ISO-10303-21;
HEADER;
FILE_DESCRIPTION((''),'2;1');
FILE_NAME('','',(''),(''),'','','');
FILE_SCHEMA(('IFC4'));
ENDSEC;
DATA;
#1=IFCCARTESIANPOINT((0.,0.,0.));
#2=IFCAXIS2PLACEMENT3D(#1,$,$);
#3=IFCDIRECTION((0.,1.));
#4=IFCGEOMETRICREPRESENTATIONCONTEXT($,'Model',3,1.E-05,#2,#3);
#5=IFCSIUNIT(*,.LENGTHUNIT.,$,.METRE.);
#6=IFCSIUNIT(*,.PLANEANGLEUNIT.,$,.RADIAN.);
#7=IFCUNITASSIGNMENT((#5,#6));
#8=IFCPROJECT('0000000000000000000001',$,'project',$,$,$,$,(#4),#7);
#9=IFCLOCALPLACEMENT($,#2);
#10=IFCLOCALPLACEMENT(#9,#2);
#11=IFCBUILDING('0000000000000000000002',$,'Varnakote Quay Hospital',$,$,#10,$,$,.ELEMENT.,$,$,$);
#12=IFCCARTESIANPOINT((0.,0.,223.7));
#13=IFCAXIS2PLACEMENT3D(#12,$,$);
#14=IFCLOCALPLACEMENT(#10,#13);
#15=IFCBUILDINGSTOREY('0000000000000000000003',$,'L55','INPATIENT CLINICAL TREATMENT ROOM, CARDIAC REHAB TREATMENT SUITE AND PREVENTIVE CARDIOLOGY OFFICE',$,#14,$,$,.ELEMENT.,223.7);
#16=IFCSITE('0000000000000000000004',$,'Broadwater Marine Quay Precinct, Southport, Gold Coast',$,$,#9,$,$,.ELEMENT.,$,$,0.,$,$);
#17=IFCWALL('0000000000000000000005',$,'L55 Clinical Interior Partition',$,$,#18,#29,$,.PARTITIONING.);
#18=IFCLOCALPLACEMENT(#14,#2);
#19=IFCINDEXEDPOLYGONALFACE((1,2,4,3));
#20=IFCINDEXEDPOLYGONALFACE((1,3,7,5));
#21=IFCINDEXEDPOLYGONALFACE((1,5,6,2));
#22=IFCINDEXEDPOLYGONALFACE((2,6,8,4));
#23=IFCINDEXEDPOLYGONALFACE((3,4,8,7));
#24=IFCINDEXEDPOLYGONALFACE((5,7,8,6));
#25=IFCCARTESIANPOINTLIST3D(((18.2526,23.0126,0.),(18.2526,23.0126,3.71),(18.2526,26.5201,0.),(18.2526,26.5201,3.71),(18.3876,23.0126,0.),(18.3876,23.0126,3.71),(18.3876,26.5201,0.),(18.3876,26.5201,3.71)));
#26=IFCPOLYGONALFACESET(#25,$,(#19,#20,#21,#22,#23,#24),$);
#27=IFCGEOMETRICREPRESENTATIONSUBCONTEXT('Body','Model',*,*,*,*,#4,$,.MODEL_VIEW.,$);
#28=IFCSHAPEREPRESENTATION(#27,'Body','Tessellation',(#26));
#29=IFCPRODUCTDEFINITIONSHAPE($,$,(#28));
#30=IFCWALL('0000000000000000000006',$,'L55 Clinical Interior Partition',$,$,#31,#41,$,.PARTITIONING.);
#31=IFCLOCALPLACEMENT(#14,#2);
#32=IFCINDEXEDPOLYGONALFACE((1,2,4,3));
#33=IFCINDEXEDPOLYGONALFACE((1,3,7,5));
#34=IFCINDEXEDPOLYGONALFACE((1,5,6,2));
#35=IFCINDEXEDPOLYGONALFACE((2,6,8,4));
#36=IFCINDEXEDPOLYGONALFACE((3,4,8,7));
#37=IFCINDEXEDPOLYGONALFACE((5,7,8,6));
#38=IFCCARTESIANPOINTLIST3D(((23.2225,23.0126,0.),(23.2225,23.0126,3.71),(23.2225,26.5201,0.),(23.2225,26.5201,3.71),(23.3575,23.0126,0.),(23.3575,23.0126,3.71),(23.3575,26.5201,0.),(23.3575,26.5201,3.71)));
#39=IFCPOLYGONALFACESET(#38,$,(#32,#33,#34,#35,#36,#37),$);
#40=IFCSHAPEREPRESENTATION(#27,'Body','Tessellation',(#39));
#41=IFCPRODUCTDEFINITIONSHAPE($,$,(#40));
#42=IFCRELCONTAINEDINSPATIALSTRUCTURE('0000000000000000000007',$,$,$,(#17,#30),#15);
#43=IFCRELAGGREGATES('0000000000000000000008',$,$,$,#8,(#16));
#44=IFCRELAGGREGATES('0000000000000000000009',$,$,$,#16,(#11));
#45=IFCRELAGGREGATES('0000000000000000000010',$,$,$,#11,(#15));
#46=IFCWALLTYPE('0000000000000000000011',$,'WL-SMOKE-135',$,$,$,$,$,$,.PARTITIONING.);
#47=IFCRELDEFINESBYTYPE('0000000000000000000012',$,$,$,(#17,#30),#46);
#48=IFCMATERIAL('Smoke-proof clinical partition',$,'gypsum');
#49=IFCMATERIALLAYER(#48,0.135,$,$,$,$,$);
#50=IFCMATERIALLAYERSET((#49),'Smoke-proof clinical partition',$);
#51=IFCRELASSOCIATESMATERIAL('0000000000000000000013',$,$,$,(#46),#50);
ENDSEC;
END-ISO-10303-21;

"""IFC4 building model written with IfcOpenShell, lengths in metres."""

from ifc_helpers import new_model, si_unit, direction, frame, frame_2d, origin, place, context, subcontext, project, spatial, rectangle, extrude, material, layer, layer_set, type_object, element, save


model = new_model("IFC4")

# Units and contexts
model_context = context("Model", 3, precision=1e-05, world=origin(), true_north=direction((0.0, 1.0)))
body_context = subcontext(model_context, "Body", "Model", "MODEL_VIEW")
ifc_project = project(units=[si_unit("LENGTHUNIT", "METRE"), si_unit("PLANEANGLEUNIT", "RADIAN")], contexts=[model_context])

# Site, building, storey
site_placement = place(None, origin())
site = spatial("IfcSite", under=ifc_project, at=site_placement, Name="Broadwater Marine Quay Precinct, Southport, Gold Coast", CompositionType="ELEMENT", RefElevation=0.0)
building_placement = place(site_placement, origin())
building = spatial("IfcBuilding", under=site, at=building_placement, Name="Varnakote Quay Hospital", CompositionType="ELEMENT")
storey_placement = place(building_placement, frame((0.0, 0.0, 223.7)))
storey = spatial("IfcBuildingStorey", under=building, at=storey_placement, Name="L55", Description="INPATIENT CLINICAL TREATMENT ROOM, CARDIAC REHAB TREATMENT SUITE AND PREVENTIVE CARDIOLOGY OFFICE", CompositionType="ELEMENT", Elevation=223.7)

# Shared definitions
ifc_material_1 = material(Name="Smoke-proof clinical partition", Category="gypsum")
ifc_layer_1 = layer(ifc_material_1, 0.135)
ifc_layer_set_1 = layer_set([ifc_layer_1], Name="Smoke-proof clinical partition")
wall_type_1 = type_object("IfcWallType", Name="WL-SMOKE-135", PredefinedType="PARTITIONING", material=ifc_layer_set_1)

# Walls
for number, where, z_axis, x_axis, name in (
    (1, (18.3201, 23.0125, 0.0), (0.0, 0.0, 1.0), (0.0, 1.0, 0.0), "L55 Clinical Interior Partition"),
    (2, (23.29, 23.0125, 0.0), (0.0, 0.0, 1.0), (0.0, 1.0, 0.0), "L55 Clinical Interior Partition"),
):
    element("IfcWall", number, at=place(storey_placement, frame(where, z_axis=z_axis, x_axis=x_axis)), inside=storey, type_object=wall_type_1, Name=name, PredefinedType="PARTITIONING", context=body_context, shape_type="SweptSolid", body=[
        extrude(rectangle(XDim=3.5076, YDim=0.135, at=frame_2d((1.7539, 0.0))), origin(), (0.0, 0.0, 1.0), 3.71),
    ])

save(model, "model.ifc")
